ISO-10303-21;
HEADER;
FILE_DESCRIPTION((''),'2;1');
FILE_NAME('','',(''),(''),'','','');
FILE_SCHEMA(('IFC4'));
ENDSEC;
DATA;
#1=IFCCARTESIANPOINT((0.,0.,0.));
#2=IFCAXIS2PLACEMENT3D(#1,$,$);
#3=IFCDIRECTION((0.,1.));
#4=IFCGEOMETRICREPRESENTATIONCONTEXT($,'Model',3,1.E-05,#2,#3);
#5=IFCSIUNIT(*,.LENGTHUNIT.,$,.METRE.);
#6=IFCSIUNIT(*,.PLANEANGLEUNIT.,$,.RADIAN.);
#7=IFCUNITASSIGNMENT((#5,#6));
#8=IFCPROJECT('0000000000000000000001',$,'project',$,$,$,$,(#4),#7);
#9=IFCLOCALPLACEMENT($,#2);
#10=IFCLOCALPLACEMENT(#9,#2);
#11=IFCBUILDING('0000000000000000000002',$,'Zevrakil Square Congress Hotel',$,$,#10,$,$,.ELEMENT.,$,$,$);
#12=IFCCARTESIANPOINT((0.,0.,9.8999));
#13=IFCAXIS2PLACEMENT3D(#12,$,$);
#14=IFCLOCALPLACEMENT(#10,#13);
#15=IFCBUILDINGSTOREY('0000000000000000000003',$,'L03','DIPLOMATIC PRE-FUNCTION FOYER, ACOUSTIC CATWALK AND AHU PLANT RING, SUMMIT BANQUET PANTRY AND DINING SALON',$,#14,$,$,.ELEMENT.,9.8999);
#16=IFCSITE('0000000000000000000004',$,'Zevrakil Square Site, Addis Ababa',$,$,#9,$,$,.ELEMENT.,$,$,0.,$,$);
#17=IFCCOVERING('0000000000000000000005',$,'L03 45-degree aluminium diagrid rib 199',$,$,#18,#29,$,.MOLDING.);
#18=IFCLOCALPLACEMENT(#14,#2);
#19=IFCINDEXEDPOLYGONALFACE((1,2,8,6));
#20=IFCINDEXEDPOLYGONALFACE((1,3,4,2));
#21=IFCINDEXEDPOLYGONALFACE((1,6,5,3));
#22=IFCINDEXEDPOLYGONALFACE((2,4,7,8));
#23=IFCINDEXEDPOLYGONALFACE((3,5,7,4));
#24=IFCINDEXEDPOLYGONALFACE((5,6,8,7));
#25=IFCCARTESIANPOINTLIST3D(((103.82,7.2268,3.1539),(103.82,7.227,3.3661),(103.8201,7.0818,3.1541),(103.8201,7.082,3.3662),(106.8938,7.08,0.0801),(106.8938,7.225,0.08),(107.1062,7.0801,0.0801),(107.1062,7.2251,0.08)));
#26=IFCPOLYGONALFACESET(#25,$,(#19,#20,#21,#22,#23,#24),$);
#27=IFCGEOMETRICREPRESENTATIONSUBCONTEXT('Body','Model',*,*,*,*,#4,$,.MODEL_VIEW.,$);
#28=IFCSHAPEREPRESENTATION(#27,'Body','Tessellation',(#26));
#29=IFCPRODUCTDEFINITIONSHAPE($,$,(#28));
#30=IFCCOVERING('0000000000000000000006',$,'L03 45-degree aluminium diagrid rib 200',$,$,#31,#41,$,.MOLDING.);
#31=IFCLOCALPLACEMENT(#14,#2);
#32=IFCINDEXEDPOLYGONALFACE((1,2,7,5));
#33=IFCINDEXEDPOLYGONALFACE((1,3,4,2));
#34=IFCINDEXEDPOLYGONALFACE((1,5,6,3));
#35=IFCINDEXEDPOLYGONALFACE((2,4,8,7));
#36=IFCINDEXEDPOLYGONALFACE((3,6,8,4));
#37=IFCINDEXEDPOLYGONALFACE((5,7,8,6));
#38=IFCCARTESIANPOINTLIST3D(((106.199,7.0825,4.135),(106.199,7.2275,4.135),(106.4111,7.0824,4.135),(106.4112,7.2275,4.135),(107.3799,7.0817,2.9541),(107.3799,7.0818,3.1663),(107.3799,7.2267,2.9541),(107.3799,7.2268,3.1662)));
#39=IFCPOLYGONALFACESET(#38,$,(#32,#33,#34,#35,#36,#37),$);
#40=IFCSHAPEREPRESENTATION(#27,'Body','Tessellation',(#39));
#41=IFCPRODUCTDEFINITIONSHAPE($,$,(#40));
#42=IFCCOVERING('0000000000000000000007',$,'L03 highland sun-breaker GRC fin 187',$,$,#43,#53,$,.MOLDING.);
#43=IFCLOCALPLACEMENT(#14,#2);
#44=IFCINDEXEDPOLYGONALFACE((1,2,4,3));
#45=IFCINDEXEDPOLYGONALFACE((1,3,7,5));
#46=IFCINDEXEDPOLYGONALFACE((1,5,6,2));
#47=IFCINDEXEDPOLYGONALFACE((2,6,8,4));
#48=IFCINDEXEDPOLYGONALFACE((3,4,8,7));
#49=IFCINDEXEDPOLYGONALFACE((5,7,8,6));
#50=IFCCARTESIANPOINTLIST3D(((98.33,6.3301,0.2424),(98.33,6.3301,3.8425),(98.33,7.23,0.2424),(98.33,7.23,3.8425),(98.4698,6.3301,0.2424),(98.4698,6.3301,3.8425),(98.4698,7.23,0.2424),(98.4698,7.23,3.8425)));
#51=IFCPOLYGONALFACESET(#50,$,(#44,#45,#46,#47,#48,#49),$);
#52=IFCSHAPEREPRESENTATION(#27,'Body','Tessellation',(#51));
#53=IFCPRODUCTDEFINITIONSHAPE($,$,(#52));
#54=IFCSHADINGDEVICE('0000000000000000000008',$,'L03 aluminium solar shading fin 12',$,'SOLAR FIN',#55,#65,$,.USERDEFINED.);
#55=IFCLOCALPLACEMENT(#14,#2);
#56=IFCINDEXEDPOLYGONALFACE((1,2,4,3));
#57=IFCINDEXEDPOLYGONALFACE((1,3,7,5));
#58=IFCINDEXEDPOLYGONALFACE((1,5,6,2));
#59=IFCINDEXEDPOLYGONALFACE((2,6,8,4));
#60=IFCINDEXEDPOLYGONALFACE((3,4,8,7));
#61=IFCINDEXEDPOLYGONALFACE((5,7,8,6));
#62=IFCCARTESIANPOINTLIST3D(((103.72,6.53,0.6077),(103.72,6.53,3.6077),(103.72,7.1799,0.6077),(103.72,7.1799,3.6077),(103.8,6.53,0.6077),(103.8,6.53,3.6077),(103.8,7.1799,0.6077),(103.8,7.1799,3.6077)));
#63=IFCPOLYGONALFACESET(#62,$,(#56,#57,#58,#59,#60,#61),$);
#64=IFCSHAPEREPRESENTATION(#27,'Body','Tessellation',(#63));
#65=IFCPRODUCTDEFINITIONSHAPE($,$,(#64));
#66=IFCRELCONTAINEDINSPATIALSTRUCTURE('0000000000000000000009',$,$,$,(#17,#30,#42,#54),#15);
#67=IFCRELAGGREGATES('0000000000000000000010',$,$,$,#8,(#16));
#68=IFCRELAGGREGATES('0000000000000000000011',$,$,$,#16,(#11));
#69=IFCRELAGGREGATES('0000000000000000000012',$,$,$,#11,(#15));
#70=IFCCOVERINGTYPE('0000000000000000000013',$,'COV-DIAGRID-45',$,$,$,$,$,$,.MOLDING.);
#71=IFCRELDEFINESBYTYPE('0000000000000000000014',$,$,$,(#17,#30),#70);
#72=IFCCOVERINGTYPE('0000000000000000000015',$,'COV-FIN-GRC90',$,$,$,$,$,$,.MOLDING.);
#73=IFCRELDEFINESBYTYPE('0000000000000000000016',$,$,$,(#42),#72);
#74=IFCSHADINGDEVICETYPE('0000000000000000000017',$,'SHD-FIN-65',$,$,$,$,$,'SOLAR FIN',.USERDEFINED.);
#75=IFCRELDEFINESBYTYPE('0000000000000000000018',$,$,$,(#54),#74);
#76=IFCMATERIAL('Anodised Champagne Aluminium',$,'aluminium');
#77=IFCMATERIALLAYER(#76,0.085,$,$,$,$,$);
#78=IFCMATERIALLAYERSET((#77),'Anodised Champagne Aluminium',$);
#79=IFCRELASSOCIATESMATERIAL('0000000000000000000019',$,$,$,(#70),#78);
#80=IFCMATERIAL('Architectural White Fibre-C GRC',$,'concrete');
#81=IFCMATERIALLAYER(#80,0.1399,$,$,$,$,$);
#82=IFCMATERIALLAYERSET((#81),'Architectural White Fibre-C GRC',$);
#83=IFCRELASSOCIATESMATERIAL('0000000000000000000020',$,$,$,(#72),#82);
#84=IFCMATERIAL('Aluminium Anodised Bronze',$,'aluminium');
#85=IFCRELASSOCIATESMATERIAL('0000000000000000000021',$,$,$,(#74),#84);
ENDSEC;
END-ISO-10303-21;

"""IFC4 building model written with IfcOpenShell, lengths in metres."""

from ifc_helpers import new_model, si_unit, direction, frame, origin, origin_2d, place, context, subcontext, project, spatial, polyline, rectangle, outline, extrude, material, layer, layer_set, type_object, element, save


model = new_model("IFC4")

# Units and contexts
model_context = context("Model", 3, precision=1e-05, world=origin(), true_north=direction((0.0, 1.0)))
body_context = subcontext(model_context, "Body", "Model", "MODEL_VIEW")
ifc_project = project(units=[si_unit("LENGTHUNIT", "METRE"), si_unit("PLANEANGLEUNIT", "RADIAN")], contexts=[model_context])

# Site, building, storey
site_placement = place(None, origin())
site = spatial("IfcSite", under=ifc_project, at=site_placement, Name="Zevrakil Square Site, Addis Ababa", CompositionType="ELEMENT", RefElevation=0.0)
building_placement = place(site_placement, origin())
building = spatial("IfcBuilding", under=site, at=building_placement, Name="Zevrakil Square Congress Hotel", CompositionType="ELEMENT")
storey_placement = place(building_placement, frame((0.0, 0.0, 9.8999)))
storey = spatial("IfcBuildingStorey", under=building, at=storey_placement, Name="L03", Description="DIPLOMATIC PRE-FUNCTION FOYER, ACOUSTIC CATWALK AND AHU PLANT RING, SUMMIT BANQUET PANTRY AND DINING SALON", CompositionType="ELEMENT", Elevation=9.8999)

# Coverings
ifc_material_1 = material(Name="Anodised Champagne Aluminium", Category="aluminium")
ifc_layer_1 = layer(ifc_material_1, 0.085)
ifc_layer_set_1 = layer_set([ifc_layer_1], Name="Anodised Champagne Aluminium")
covering_type_1 = type_object("IfcCoveringType", Name="COV-DIAGRID-45", PredefinedType="MOLDING", material=ifc_layer_set_1)
covering_1_placement = place(storey_placement, frame((103.8201, 7.0818, 3.1541), z_axis=(0.000287, -1.0, 0.000863), x_axis=(0.0, 0.000863, 1.0)))
element("IfcCovering", 1, at=covering_1_placement, inside=storey, type_object=covering_type_1, Name="L03 45-degree aluminium diagrid rib 199", PredefinedType="MOLDING", context=body_context, shape_type="SweptSolid", body=[
    extrude(outline(polyline([(0.0, 0.0), (0.2122, 0.0), (-3.074, -3.2861), (-3.074, -3.0737), (0.0, 0.0)])), origin(), (0.0, 0.0, -1.0), 0.145),
])
covering_2_placement = place(storey_placement, frame((106.199, 7.0825, 4.135), z_axis=(-0.000341, -1.0, 0.000341), x_axis=(1.0, -0.000341, 0.0)))
element("IfcCovering", 2, at=covering_2_placement, inside=storey, type_object=covering_type_1, Name="L03 45-degree aluminium diagrid rib 200", PredefinedType="MOLDING", context=body_context, shape_type="SweptSolid", body=[
    extrude(outline(polyline([(0.0, 0.0), (0.2122, 0.0), (1.1809, -0.9688), (1.1809, -1.1809), (0.0, 0.0)])), origin(), (0.0, 0.0, -1.0), 0.145),
])
ifc_material_2 = material(Name="Architectural White Fibre-C GRC", Category="concrete")
ifc_layer_2 = layer(ifc_material_2, 0.1399)
ifc_layer_set_2 = layer_set([ifc_layer_2], Name="Architectural White Fibre-C GRC")
covering_type_2 = type_object("IfcCoveringType", Name="COV-FIN-GRC90", PredefinedType="MOLDING", material=ifc_layer_set_2)
covering_3_placement = place(storey_placement, frame((98.3999, 6.78, 0.2424), z_axis=(0.0, 0.0, 1.0), x_axis=(0.0, -1.0, 0.0)))
element("IfcCovering", 3, at=covering_3_placement, inside=storey, type_object=covering_type_2, Name="L03 highland sun-breaker GRC fin 187", PredefinedType="MOLDING", context=body_context, shape_type="SweptSolid", body=[
    extrude(rectangle(XDim=0.8999, YDim=0.1399, at=origin_2d()), origin(), (0.0, 0.0, 1.0), 3.6001),
])

# Shading device
ifc_material_3 = material(Name="Aluminium Anodised Bronze", Category="aluminium")
shading_device_type = type_object("IfcShadingDeviceType", Name="SHD-FIN-65", ElementType="SOLAR FIN", PredefinedType="USERDEFINED", material=ifc_material_3)
shading_device_placement = place(storey_placement, frame((103.76, 6.855, 0.6077), z_axis=(0.0, 0.0, 1.0), x_axis=(0.0, -1.0, 0.0)))
element("IfcShadingDevice", 4, at=shading_device_placement, inside=storey, type_object=shading_device_type, Name="L03 aluminium solar shading fin 12", ObjectType="SOLAR FIN", PredefinedType="USERDEFINED", context=body_context, shape_type="SweptSolid", body=[
    extrude(rectangle(XDim=0.6499, YDim=0.0801, at=origin_2d()), origin(), (0.0, 0.0, 1.0), 3.0),
])

save(model, "model.ifc")
